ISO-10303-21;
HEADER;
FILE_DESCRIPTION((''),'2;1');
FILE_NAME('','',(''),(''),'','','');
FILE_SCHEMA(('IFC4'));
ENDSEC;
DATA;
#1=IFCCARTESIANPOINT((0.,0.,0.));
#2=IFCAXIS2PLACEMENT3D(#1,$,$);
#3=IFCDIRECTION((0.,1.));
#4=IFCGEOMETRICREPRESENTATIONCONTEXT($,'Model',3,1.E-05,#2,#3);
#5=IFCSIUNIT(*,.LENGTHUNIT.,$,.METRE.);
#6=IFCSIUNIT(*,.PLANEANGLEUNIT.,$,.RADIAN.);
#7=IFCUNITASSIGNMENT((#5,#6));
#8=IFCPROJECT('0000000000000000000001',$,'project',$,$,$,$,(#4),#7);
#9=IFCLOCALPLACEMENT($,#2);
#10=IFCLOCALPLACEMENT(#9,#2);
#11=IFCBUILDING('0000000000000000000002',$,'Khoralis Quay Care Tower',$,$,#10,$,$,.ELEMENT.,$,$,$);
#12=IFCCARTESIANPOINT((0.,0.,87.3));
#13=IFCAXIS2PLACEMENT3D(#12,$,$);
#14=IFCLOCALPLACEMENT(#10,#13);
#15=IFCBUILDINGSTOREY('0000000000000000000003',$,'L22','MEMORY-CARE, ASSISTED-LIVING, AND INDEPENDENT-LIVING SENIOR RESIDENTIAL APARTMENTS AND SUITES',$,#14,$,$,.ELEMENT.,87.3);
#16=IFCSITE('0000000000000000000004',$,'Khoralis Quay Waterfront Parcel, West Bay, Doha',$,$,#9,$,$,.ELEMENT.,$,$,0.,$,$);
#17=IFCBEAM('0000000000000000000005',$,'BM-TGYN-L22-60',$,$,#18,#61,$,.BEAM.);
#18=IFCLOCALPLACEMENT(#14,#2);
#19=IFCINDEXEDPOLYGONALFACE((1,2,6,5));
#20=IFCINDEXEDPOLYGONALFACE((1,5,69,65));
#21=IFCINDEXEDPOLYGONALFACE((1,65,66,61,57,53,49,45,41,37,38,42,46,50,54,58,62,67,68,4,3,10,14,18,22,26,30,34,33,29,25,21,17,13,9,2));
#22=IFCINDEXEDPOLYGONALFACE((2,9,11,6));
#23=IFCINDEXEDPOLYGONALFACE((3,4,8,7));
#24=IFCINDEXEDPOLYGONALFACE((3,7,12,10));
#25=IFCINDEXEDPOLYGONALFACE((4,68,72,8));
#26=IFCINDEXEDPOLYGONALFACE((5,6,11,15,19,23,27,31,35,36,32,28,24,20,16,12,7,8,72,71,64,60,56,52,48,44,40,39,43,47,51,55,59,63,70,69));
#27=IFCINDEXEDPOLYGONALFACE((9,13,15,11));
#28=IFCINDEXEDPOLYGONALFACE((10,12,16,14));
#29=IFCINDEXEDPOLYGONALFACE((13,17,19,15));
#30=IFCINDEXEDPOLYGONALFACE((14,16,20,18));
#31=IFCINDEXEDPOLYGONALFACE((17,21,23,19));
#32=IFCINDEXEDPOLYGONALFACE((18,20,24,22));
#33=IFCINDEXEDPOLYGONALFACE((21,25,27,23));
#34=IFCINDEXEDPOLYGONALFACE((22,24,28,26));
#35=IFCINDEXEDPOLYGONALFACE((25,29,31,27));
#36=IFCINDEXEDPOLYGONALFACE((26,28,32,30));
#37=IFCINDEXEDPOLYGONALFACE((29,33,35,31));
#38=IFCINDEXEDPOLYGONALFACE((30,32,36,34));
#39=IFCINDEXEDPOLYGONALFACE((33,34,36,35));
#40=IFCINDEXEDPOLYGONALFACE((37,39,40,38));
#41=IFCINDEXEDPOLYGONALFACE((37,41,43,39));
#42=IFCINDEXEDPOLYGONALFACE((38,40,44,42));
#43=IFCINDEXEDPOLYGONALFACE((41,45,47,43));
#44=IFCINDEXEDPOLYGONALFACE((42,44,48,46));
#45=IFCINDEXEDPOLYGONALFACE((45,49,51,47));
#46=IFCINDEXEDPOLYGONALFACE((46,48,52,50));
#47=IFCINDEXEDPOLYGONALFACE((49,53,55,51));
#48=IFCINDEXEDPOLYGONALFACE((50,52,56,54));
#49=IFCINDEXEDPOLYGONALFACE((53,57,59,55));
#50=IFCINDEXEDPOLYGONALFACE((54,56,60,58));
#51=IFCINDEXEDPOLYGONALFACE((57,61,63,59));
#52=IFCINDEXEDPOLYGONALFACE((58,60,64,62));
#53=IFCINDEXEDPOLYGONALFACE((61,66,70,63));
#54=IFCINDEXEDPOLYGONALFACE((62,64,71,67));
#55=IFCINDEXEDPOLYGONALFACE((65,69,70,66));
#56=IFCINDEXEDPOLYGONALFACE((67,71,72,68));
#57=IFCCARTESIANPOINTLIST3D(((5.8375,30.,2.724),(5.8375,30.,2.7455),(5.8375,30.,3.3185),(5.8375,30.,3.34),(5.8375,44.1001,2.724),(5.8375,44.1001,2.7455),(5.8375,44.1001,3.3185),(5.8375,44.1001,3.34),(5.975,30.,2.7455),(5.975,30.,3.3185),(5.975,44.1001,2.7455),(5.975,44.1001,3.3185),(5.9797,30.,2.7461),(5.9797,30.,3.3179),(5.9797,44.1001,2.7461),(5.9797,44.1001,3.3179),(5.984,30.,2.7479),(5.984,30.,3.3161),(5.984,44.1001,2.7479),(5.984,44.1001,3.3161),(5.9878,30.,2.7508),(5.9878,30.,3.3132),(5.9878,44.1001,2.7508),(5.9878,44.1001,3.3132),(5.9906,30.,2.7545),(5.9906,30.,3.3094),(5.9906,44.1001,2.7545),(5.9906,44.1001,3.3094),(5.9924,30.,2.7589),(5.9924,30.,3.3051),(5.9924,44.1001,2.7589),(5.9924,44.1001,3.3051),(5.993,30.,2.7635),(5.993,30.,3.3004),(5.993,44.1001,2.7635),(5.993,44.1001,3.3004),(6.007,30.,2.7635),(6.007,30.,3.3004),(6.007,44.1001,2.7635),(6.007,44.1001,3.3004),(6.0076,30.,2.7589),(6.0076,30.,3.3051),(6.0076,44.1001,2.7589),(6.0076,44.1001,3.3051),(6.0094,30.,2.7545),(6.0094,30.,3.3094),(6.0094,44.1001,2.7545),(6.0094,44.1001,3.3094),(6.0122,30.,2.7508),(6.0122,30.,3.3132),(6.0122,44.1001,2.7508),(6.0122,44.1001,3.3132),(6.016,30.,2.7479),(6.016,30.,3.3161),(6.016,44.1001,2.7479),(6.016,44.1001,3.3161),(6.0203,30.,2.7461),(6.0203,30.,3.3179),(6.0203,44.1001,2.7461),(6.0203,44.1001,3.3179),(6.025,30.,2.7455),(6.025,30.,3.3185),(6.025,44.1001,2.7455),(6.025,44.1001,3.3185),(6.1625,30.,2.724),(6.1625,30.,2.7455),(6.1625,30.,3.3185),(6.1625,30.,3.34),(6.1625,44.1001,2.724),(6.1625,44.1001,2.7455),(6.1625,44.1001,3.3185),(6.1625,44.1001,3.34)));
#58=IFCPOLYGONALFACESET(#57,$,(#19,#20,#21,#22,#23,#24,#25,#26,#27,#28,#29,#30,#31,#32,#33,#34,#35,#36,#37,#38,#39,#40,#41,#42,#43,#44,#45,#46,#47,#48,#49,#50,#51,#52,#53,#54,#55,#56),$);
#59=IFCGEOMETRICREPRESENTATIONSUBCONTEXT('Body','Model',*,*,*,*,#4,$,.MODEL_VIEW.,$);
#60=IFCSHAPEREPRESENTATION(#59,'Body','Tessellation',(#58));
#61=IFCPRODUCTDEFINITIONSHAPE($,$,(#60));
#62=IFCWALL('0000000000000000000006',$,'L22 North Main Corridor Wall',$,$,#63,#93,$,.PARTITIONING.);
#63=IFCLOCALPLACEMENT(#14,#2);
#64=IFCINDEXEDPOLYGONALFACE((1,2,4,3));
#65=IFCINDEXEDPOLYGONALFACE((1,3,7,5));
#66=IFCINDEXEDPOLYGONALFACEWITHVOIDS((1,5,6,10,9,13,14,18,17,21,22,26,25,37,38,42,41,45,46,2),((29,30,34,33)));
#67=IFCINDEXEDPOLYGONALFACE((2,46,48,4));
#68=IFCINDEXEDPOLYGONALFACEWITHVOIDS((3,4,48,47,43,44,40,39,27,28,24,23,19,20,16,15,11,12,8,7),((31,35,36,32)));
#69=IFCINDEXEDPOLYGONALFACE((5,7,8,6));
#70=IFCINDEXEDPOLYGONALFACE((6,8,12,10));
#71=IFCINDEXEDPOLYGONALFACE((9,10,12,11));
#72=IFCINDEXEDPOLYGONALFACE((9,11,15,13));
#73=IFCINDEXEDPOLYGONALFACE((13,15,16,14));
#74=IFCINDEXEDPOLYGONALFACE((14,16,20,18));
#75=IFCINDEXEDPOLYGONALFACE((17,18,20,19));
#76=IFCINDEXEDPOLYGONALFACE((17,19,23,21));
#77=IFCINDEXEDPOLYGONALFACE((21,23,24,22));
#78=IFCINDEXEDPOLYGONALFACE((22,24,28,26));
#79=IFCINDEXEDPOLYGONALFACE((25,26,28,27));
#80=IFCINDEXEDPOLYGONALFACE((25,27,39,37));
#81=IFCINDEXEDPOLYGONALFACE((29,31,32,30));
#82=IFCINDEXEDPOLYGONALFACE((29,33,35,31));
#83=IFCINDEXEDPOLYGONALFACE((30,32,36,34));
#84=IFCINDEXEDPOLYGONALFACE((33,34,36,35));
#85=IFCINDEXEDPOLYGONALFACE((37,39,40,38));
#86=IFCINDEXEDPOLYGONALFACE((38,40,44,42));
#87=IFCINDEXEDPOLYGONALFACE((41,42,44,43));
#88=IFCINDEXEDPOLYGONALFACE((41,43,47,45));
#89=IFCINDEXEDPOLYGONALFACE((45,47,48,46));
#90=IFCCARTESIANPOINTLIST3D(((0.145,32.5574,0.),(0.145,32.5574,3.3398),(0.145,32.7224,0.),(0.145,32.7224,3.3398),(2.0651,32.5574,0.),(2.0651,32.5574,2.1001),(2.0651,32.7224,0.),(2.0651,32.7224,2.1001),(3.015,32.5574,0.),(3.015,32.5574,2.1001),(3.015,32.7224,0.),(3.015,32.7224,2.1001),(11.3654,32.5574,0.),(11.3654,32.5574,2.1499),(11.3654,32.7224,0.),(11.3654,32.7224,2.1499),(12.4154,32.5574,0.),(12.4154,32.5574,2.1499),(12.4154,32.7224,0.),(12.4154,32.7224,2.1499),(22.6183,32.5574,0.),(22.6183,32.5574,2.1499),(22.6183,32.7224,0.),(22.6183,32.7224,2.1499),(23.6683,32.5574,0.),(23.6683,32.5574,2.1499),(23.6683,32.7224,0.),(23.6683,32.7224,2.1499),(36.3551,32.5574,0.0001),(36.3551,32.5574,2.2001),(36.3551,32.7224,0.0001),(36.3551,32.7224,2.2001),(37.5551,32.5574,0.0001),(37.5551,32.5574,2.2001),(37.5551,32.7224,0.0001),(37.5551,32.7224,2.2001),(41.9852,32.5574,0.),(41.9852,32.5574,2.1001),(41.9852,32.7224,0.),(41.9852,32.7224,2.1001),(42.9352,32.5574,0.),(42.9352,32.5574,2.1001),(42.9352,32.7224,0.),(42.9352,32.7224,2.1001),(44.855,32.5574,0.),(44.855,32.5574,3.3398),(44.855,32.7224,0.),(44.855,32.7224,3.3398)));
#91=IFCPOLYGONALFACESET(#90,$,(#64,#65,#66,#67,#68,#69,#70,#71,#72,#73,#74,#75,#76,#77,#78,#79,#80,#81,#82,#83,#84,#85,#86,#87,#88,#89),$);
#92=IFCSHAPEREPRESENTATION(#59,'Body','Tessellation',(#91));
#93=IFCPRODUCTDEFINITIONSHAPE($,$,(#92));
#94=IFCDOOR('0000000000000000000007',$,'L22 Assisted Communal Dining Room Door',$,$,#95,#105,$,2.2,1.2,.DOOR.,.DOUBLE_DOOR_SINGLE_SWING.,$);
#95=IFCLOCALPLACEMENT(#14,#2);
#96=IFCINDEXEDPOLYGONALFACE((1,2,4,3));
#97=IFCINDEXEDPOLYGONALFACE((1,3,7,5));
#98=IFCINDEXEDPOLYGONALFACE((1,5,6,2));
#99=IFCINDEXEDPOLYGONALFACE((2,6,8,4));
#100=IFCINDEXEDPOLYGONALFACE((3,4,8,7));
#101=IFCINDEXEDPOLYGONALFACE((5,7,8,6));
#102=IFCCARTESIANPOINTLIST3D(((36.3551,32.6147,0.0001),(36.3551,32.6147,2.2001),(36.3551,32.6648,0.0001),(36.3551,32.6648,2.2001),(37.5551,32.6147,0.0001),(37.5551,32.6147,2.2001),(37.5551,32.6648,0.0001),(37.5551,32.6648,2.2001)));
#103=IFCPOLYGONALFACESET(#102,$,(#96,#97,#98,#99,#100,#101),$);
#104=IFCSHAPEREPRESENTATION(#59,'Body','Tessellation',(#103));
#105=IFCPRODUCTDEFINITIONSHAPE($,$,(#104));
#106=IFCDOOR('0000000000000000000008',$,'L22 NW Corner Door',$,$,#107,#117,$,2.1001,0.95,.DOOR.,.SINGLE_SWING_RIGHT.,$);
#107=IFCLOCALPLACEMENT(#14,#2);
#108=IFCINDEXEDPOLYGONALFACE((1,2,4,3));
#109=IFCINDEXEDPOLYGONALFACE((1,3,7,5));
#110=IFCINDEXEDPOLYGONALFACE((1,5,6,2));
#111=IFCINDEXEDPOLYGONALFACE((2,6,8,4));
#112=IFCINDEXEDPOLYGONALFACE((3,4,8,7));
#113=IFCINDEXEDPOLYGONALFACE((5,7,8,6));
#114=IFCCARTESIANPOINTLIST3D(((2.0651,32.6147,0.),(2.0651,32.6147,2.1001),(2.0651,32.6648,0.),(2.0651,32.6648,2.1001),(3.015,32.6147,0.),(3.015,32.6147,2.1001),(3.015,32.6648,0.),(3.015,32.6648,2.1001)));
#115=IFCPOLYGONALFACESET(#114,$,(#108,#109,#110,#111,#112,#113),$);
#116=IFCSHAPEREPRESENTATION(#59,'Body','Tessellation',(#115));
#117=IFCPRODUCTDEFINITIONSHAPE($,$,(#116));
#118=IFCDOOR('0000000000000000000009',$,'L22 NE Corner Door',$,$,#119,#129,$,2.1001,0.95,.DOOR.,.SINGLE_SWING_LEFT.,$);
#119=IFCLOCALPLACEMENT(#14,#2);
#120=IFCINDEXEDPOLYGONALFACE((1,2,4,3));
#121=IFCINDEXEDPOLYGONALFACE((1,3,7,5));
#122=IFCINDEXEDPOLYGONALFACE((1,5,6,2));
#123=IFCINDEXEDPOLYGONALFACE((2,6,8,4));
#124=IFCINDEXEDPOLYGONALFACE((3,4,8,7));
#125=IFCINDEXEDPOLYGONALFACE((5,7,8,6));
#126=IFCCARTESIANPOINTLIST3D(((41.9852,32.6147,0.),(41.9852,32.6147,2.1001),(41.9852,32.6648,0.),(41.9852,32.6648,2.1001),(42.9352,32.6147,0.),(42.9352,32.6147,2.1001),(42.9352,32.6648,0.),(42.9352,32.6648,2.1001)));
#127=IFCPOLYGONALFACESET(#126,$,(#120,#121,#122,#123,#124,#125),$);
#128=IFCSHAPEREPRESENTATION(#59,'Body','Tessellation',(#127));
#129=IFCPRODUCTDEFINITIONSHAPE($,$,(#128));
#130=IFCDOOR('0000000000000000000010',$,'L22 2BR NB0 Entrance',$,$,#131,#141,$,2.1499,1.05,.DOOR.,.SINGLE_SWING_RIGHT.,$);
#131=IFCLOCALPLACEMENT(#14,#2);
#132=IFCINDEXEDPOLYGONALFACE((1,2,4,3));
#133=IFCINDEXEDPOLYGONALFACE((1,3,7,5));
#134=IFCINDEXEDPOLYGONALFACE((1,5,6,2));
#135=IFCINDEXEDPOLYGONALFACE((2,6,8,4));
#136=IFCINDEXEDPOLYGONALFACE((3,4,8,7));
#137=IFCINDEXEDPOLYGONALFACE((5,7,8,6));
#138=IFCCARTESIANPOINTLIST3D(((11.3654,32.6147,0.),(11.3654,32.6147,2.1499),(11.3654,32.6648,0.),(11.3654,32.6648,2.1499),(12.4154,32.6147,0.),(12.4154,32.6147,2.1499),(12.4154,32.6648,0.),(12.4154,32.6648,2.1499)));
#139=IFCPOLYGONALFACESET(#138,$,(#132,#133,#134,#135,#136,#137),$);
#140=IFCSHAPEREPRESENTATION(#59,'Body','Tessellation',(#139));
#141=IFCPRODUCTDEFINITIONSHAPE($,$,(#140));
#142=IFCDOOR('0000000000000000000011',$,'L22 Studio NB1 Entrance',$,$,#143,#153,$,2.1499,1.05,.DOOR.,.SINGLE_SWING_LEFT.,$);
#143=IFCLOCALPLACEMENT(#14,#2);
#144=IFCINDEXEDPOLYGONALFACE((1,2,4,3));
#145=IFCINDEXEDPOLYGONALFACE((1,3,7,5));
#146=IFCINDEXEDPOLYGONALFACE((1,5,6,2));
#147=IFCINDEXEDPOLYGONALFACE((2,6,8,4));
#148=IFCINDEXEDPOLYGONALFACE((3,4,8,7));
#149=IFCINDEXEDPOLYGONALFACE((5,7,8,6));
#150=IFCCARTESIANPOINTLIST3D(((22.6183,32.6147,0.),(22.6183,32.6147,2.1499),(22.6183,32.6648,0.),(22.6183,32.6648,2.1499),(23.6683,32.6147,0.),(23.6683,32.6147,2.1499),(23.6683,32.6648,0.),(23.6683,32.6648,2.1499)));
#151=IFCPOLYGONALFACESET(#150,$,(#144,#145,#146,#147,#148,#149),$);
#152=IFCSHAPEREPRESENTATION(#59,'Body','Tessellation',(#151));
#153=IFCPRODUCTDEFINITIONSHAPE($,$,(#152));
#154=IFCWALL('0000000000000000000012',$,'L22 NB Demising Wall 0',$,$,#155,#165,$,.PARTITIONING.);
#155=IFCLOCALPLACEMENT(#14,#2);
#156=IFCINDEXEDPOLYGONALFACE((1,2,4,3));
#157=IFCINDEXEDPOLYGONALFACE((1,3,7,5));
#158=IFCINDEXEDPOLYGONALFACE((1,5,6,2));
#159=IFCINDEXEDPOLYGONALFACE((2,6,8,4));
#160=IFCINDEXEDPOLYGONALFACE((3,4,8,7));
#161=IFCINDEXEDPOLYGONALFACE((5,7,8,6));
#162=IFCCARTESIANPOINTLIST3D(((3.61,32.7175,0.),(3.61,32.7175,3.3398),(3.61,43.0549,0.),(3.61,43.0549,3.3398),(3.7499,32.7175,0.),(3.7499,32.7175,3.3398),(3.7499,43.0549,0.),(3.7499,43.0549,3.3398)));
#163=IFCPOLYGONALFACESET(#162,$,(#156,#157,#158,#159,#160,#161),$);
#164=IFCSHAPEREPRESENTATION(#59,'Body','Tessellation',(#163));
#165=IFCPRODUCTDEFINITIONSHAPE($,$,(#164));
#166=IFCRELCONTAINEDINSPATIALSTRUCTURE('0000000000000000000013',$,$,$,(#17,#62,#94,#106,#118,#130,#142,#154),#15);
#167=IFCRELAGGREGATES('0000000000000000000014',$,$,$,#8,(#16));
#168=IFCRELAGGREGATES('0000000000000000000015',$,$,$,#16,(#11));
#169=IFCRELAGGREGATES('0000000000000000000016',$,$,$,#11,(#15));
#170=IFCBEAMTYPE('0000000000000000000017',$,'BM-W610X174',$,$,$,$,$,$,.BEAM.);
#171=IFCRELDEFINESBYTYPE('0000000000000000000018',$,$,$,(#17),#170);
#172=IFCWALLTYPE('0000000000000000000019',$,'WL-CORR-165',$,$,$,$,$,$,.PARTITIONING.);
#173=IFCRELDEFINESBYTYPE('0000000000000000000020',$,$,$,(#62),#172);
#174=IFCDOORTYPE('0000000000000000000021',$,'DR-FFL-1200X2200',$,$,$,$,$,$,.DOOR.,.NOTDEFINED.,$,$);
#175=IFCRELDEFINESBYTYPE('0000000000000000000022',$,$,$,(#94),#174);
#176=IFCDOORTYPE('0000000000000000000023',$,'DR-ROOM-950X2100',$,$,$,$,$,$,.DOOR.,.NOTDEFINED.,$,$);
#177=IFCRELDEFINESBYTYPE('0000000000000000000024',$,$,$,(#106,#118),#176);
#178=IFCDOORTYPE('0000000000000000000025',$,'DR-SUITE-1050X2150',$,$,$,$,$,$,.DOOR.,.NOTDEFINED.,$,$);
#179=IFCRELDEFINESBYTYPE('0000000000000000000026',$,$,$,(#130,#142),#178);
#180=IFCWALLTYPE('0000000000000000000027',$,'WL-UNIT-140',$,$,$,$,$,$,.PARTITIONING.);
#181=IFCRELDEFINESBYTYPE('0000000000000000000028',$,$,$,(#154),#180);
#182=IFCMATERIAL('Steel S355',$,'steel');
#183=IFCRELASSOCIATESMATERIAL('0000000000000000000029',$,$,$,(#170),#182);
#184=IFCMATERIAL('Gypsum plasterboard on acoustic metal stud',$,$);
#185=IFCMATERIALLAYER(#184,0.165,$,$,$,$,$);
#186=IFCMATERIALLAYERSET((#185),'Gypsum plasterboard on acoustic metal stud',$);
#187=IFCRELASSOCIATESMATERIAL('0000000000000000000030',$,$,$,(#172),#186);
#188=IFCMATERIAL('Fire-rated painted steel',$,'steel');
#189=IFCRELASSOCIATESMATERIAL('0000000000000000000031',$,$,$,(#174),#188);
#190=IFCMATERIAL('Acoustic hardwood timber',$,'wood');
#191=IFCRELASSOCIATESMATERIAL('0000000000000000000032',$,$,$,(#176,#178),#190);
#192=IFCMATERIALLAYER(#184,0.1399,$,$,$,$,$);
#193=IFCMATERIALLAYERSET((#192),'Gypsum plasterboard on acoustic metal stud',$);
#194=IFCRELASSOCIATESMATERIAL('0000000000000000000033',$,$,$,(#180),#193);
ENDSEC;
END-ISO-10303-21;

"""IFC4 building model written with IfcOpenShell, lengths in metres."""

from ifc_helpers import new_model, si_unit, direction, frame, frame_2d, origin, origin_2d, place, context, subcontext, project, spatial, rectangle, i_section, extrude, source, transform, mapped, material, layer, layer_set, material_profile, profile_set, type_object, element, fill, save


model = new_model("IFC4")

# Units and contexts
model_context = context("Model", 3, precision=1e-05, world=origin(), true_north=direction((0.0, 1.0)))
body_context = subcontext(model_context, "Body", "Model", "MODEL_VIEW")
ifc_project = project(units=[si_unit("LENGTHUNIT", "METRE"), si_unit("PLANEANGLEUNIT", "RADIAN")], contexts=[model_context])

# Site, building, storey
site_placement = place(None, origin())
site = spatial("IfcSite", under=ifc_project, at=site_placement, Name="Khoralis Quay Waterfront Parcel, West Bay, Doha", CompositionType="ELEMENT", RefElevation=0.0)
building_placement = place(site_placement, origin())
building = spatial("IfcBuilding", under=site, at=building_placement, Name="Khoralis Quay Care Tower", CompositionType="ELEMENT")
storey_placement = place(building_placement, frame((0.0, 0.0, 87.3)))
storey = spatial("IfcBuildingStorey", under=building, at=storey_placement, Name="L22", Description="MEMORY-CARE, ASSISTED-LIVING, AND INDEPENDENT-LIVING SENIOR RESIDENTIAL APARTMENTS AND SUITES", CompositionType="ELEMENT", Elevation=87.3)

# Beam
ifc_material_1 = material(Name="Steel S355", Category="steel")
ifc_material_profile_1 = material_profile(ifc_material_1, i_section(OverallWidth=0.325, OverallDepth=0.616, WebThickness=0.0139, FlangeThickness=0.0215, FilletRadius=0.0181, at=origin_2d()), Name="Steel S355")
ifc_profile_set_1 = profile_set([ifc_material_profile_1], Name="Steel S355")
beam_type_1 = type_object("IfcBeamType", Name="BM-W610X174", PredefinedType="BEAM", material=ifc_profile_set_1)
shared_shape_1 = source(origin(), body_context, "Body", "SweptSolid", [
    extrude(i_section(OverallWidth=0.325, OverallDepth=0.616, WebThickness=0.0139, FlangeThickness=0.0215, FilletRadius=0.0181, at=origin_2d()), origin(), (0.0, 0.0, 1.0), 14.1001),
])
beam_1_placement = place(storey_placement, frame((6.0, 30.0, 3.032), z_axis=(0.0, 1.0, 0.0), x_axis=(-1.0, 0.0, 0.0)))
element("IfcBeam", 1, at=beam_1_placement, inside=storey, type_object=beam_type_1, Name="BM-TGYN-L22-60", PredefinedType="BEAM", context=body_context, shape_type="MappedRepresentation", body=[
    mapped(shared_shape_1, transform((0.0, 0.0, 0.0), scale=1.0)),
])

# Wall, openings, doors
ifc_material_2 = material(Name="Gypsum plasterboard on acoustic metal stud")
ifc_layer_1 = layer(ifc_material_2, 0.165)
ifc_layer_set_1 = layer_set([ifc_layer_1], Name="Gypsum plasterboard on acoustic metal stud")
wall_type_1 = type_object("IfcWallType", Name="WL-CORR-165", PredefinedType="PARTITIONING", material=ifc_layer_set_1)
wall_1_placement = place(storey_placement, frame((0.145, 32.6399, 0.0), z_axis=(0.0, 0.0, 1.0), x_axis=(1.0, 0.0, 0.0)))
wall_1 = element("IfcWall", 2, at=wall_1_placement, inside=storey, type_object=wall_type_1, Name="L22 North Main Corridor Wall", PredefinedType="PARTITIONING", context=body_context, shape_type="SweptSolid", body=[
    extrude(rectangle(XDim=44.71, YDim=0.165, at=frame_2d((22.355, 0.0))), origin(), (0.0, 0.0, 1.0), 3.3398),
])
opening_1_placement = place(wall_1_placement, frame((11.2205, 0.0, 0.0)))
opening_1 = element("IfcOpeningElement", 3, at=opening_1_placement, cuts=wall_1, PredefinedType="OPENING", context=body_context, shape_type="SweptSolid", body=[
    extrude(rectangle(XDim=1.05, YDim=2.1499, at=frame_2d((0.5249, 1.075))), frame((0.0, 0.0925, 0.0), z_axis=(0.0, -1.0, 0.0), x_axis=(1.0, 0.0, 0.0)), (0.0, 0.0, 1.0), 0.1851),
])
opening_2_placement = place(wall_1_placement, frame((22.4734, 0.0, 0.0)))
opening_2 = element("IfcOpeningElement", 4, at=opening_2_placement, cuts=wall_1, PredefinedType="OPENING", context=body_context, shape_type="SweptSolid", body=[
    extrude(rectangle(XDim=1.05, YDim=2.1499, at=frame_2d((0.5249, 1.075))), frame((0.0, 0.0925, 0.0), z_axis=(0.0, -1.0, 0.0), x_axis=(1.0, 0.0, 0.0)), (0.0, 0.0, 1.0), 0.1851),
])
opening_3_placement = place(wall_1_placement, frame((36.21, 0.0, 0.0)))
opening_3 = element("IfcOpeningElement", 5, at=opening_3_placement, cuts=wall_1, PredefinedType="OPENING", context=body_context, shape_type="SweptSolid", body=[
    extrude(rectangle(XDim=1.2, YDim=2.2, at=frame_2d((0.6001, 1.1001))), frame((0.0, 0.0925, 0.0), z_axis=(0.0, -1.0, 0.0), x_axis=(1.0, 0.0, 0.0)), (0.0, 0.0, 1.0), 0.1851),
])
opening_4_placement = place(wall_1_placement, frame((1.9199, 0.0, 0.0)))
opening_4 = element("IfcOpeningElement", 6, at=opening_4_placement, cuts=wall_1, PredefinedType="OPENING", context=body_context, shape_type="SweptSolid", body=[
    extrude(rectangle(XDim=0.95, YDim=2.1001, at=frame_2d((0.4751, 1.05))), frame((0.0, 0.0925, 0.0), z_axis=(0.0, -1.0, 0.0), x_axis=(1.0, 0.0, 0.0)), (0.0, 0.0, 1.0), 0.1851),
])
opening_5_placement = place(wall_1_placement, frame((41.8401, 0.0, 0.0)))
opening_5 = element("IfcOpeningElement", 7, at=opening_5_placement, cuts=wall_1, PredefinedType="OPENING", context=body_context, shape_type="SweptSolid", body=[
    extrude(rectangle(XDim=0.95, YDim=2.1001, at=frame_2d((0.4751, 1.05))), frame((0.0, 0.0925, 0.0), z_axis=(0.0, -1.0, 0.0), x_axis=(1.0, 0.0, 0.0)), (0.0, 0.0, 1.0), 0.1851),
])
ifc_material_3 = material(Name="Fire-rated painted steel", Category="steel")
door_type_1 = type_object("IfcDoorType", Name="DR-FFL-1200X2200", OperationType="NOTDEFINED", PredefinedType="DOOR", material=ifc_material_3)
shared_shape_2 = source(origin(), body_context, "Body", "SweptSolid", [
    extrude(rectangle(XDim=1.2, YDim=2.2, at=frame_2d((0.6001, 1.1001))), frame((0.0, 0.0249, 0.0), z_axis=(0.0, -1.0, 0.0), x_axis=(1.0, 0.0, 0.0)), (0.0, 0.0, 1.0), 0.05),
])
door_1_placement = place(opening_3_placement, origin())
door_1 = element("IfcDoor", 8, at=door_1_placement, inside=storey, type_object=door_type_1, Name="L22 Assisted Communal Dining Room Door", OperationType="DOUBLE_DOOR_SINGLE_SWING", OverallHeight=2.2, OverallWidth=1.2, PredefinedType="DOOR", context=body_context, shape_type="MappedRepresentation", body=[
    mapped(shared_shape_2, transform((0.0, 0.0, 0.0), scale=1.0)),
])
fill(opening_3, door_1)
ifc_material_4 = material(Name="Acoustic hardwood timber", Category="wood")
door_type_2 = type_object("IfcDoorType", Name="DR-ROOM-950X2100", OperationType="NOTDEFINED", PredefinedType="DOOR", material=ifc_material_4)
shared_shape_3 = source(origin(), body_context, "Body", "SweptSolid", [
    extrude(rectangle(XDim=0.95, YDim=2.1001, at=frame_2d((0.4751, 1.05))), frame((0.0, 0.0249, 0.0), z_axis=(0.0, -1.0, 0.0), x_axis=(1.0, 0.0, 0.0)), (0.0, 0.0, 1.0), 0.05),
])
door_2_placement = place(opening_4_placement, origin())
door_2 = element("IfcDoor", 9, at=door_2_placement, inside=storey, type_object=door_type_2, Name="L22 NW Corner Door", OperationType="SINGLE_SWING_RIGHT", OverallHeight=2.1001, OverallWidth=0.95, PredefinedType="DOOR", context=body_context, shape_type="MappedRepresentation", body=[
    mapped(shared_shape_3, transform((0.0, 0.0, 0.0), scale=1.0)),
])
fill(opening_4, door_2)
door_3_placement = place(opening_5_placement, origin())
door_3 = element("IfcDoor", 10, at=door_3_placement, inside=storey, type_object=door_type_2, Name="L22 NE Corner Door", OperationType="SINGLE_SWING_LEFT", OverallHeight=2.1001, OverallWidth=0.95, PredefinedType="DOOR", context=body_context, shape_type="MappedRepresentation", body=[
    mapped(shared_shape_3, transform((0.0, 0.0, 0.0), scale=1.0)),
])
fill(opening_5, door_3)
door_type_3 = type_object("IfcDoorType", Name="DR-SUITE-1050X2150", OperationType="NOTDEFINED", PredefinedType="DOOR", material=ifc_material_4)
shared_shape_4 = source(origin(), body_context, "Body", "SweptSolid", [
    extrude(rectangle(XDim=1.05, YDim=2.1499, at=frame_2d((0.5249, 1.075))), frame((0.0, 0.0249, 0.0), z_axis=(0.0, -1.0, 0.0), x_axis=(1.0, 0.0, 0.0)), (0.0, 0.0, 1.0), 0.05),
])
door_4_placement = place(opening_1_placement, origin())
door_4 = element("IfcDoor", 11, at=door_4_placement, inside=storey, type_object=door_type_3, Name="L22 2BR NB0 Entrance", OperationType="SINGLE_SWING_RIGHT", OverallHeight=2.1499, OverallWidth=1.05, PredefinedType="DOOR", context=body_context, shape_type="MappedRepresentation", body=[
    mapped(shared_shape_4, transform((0.0, 0.0, 0.0), scale=1.0)),
])
fill(opening_1, door_4)
door_5_placement = place(opening_2_placement, origin())
door_5 = element("IfcDoor", 12, at=door_5_placement, inside=storey, type_object=door_type_3, Name="L22 Studio NB1 Entrance", OperationType="SINGLE_SWING_LEFT", OverallHeight=2.1499, OverallWidth=1.05, PredefinedType="DOOR", context=body_context, shape_type="MappedRepresentation", body=[
    mapped(shared_shape_4, transform((0.0, 0.0, 0.0), scale=1.0)),
])
fill(opening_2, door_5)

# Wall
ifc_layer_2 = layer(ifc_material_2, 0.1399)
ifc_layer_set_2 = layer_set([ifc_layer_2], Name="Gypsum plasterboard on acoustic metal stud")
wall_type_2 = type_object("IfcWallType", Name="WL-UNIT-140", PredefinedType="PARTITIONING", material=ifc_layer_set_2)
wall_2_placement = place(storey_placement, frame((3.6799, 32.7175, 0.0), z_axis=(0.0, 0.0, 1.0), x_axis=(0.0, 1.0, 0.0)))
element("IfcWall", 13, at=wall_2_placement, inside=storey, type_object=wall_type_2, Name="L22 NB Demising Wall 0", PredefinedType="PARTITIONING", context=body_context, shape_type="SweptSolid", body=[
    extrude(rectangle(XDim=10.3374, YDim=0.1399, at=frame_2d((5.1687, 0.0))), origin(), (0.0, 0.0, 1.0), 3.3398),
])

save(model, "model.ifc")
